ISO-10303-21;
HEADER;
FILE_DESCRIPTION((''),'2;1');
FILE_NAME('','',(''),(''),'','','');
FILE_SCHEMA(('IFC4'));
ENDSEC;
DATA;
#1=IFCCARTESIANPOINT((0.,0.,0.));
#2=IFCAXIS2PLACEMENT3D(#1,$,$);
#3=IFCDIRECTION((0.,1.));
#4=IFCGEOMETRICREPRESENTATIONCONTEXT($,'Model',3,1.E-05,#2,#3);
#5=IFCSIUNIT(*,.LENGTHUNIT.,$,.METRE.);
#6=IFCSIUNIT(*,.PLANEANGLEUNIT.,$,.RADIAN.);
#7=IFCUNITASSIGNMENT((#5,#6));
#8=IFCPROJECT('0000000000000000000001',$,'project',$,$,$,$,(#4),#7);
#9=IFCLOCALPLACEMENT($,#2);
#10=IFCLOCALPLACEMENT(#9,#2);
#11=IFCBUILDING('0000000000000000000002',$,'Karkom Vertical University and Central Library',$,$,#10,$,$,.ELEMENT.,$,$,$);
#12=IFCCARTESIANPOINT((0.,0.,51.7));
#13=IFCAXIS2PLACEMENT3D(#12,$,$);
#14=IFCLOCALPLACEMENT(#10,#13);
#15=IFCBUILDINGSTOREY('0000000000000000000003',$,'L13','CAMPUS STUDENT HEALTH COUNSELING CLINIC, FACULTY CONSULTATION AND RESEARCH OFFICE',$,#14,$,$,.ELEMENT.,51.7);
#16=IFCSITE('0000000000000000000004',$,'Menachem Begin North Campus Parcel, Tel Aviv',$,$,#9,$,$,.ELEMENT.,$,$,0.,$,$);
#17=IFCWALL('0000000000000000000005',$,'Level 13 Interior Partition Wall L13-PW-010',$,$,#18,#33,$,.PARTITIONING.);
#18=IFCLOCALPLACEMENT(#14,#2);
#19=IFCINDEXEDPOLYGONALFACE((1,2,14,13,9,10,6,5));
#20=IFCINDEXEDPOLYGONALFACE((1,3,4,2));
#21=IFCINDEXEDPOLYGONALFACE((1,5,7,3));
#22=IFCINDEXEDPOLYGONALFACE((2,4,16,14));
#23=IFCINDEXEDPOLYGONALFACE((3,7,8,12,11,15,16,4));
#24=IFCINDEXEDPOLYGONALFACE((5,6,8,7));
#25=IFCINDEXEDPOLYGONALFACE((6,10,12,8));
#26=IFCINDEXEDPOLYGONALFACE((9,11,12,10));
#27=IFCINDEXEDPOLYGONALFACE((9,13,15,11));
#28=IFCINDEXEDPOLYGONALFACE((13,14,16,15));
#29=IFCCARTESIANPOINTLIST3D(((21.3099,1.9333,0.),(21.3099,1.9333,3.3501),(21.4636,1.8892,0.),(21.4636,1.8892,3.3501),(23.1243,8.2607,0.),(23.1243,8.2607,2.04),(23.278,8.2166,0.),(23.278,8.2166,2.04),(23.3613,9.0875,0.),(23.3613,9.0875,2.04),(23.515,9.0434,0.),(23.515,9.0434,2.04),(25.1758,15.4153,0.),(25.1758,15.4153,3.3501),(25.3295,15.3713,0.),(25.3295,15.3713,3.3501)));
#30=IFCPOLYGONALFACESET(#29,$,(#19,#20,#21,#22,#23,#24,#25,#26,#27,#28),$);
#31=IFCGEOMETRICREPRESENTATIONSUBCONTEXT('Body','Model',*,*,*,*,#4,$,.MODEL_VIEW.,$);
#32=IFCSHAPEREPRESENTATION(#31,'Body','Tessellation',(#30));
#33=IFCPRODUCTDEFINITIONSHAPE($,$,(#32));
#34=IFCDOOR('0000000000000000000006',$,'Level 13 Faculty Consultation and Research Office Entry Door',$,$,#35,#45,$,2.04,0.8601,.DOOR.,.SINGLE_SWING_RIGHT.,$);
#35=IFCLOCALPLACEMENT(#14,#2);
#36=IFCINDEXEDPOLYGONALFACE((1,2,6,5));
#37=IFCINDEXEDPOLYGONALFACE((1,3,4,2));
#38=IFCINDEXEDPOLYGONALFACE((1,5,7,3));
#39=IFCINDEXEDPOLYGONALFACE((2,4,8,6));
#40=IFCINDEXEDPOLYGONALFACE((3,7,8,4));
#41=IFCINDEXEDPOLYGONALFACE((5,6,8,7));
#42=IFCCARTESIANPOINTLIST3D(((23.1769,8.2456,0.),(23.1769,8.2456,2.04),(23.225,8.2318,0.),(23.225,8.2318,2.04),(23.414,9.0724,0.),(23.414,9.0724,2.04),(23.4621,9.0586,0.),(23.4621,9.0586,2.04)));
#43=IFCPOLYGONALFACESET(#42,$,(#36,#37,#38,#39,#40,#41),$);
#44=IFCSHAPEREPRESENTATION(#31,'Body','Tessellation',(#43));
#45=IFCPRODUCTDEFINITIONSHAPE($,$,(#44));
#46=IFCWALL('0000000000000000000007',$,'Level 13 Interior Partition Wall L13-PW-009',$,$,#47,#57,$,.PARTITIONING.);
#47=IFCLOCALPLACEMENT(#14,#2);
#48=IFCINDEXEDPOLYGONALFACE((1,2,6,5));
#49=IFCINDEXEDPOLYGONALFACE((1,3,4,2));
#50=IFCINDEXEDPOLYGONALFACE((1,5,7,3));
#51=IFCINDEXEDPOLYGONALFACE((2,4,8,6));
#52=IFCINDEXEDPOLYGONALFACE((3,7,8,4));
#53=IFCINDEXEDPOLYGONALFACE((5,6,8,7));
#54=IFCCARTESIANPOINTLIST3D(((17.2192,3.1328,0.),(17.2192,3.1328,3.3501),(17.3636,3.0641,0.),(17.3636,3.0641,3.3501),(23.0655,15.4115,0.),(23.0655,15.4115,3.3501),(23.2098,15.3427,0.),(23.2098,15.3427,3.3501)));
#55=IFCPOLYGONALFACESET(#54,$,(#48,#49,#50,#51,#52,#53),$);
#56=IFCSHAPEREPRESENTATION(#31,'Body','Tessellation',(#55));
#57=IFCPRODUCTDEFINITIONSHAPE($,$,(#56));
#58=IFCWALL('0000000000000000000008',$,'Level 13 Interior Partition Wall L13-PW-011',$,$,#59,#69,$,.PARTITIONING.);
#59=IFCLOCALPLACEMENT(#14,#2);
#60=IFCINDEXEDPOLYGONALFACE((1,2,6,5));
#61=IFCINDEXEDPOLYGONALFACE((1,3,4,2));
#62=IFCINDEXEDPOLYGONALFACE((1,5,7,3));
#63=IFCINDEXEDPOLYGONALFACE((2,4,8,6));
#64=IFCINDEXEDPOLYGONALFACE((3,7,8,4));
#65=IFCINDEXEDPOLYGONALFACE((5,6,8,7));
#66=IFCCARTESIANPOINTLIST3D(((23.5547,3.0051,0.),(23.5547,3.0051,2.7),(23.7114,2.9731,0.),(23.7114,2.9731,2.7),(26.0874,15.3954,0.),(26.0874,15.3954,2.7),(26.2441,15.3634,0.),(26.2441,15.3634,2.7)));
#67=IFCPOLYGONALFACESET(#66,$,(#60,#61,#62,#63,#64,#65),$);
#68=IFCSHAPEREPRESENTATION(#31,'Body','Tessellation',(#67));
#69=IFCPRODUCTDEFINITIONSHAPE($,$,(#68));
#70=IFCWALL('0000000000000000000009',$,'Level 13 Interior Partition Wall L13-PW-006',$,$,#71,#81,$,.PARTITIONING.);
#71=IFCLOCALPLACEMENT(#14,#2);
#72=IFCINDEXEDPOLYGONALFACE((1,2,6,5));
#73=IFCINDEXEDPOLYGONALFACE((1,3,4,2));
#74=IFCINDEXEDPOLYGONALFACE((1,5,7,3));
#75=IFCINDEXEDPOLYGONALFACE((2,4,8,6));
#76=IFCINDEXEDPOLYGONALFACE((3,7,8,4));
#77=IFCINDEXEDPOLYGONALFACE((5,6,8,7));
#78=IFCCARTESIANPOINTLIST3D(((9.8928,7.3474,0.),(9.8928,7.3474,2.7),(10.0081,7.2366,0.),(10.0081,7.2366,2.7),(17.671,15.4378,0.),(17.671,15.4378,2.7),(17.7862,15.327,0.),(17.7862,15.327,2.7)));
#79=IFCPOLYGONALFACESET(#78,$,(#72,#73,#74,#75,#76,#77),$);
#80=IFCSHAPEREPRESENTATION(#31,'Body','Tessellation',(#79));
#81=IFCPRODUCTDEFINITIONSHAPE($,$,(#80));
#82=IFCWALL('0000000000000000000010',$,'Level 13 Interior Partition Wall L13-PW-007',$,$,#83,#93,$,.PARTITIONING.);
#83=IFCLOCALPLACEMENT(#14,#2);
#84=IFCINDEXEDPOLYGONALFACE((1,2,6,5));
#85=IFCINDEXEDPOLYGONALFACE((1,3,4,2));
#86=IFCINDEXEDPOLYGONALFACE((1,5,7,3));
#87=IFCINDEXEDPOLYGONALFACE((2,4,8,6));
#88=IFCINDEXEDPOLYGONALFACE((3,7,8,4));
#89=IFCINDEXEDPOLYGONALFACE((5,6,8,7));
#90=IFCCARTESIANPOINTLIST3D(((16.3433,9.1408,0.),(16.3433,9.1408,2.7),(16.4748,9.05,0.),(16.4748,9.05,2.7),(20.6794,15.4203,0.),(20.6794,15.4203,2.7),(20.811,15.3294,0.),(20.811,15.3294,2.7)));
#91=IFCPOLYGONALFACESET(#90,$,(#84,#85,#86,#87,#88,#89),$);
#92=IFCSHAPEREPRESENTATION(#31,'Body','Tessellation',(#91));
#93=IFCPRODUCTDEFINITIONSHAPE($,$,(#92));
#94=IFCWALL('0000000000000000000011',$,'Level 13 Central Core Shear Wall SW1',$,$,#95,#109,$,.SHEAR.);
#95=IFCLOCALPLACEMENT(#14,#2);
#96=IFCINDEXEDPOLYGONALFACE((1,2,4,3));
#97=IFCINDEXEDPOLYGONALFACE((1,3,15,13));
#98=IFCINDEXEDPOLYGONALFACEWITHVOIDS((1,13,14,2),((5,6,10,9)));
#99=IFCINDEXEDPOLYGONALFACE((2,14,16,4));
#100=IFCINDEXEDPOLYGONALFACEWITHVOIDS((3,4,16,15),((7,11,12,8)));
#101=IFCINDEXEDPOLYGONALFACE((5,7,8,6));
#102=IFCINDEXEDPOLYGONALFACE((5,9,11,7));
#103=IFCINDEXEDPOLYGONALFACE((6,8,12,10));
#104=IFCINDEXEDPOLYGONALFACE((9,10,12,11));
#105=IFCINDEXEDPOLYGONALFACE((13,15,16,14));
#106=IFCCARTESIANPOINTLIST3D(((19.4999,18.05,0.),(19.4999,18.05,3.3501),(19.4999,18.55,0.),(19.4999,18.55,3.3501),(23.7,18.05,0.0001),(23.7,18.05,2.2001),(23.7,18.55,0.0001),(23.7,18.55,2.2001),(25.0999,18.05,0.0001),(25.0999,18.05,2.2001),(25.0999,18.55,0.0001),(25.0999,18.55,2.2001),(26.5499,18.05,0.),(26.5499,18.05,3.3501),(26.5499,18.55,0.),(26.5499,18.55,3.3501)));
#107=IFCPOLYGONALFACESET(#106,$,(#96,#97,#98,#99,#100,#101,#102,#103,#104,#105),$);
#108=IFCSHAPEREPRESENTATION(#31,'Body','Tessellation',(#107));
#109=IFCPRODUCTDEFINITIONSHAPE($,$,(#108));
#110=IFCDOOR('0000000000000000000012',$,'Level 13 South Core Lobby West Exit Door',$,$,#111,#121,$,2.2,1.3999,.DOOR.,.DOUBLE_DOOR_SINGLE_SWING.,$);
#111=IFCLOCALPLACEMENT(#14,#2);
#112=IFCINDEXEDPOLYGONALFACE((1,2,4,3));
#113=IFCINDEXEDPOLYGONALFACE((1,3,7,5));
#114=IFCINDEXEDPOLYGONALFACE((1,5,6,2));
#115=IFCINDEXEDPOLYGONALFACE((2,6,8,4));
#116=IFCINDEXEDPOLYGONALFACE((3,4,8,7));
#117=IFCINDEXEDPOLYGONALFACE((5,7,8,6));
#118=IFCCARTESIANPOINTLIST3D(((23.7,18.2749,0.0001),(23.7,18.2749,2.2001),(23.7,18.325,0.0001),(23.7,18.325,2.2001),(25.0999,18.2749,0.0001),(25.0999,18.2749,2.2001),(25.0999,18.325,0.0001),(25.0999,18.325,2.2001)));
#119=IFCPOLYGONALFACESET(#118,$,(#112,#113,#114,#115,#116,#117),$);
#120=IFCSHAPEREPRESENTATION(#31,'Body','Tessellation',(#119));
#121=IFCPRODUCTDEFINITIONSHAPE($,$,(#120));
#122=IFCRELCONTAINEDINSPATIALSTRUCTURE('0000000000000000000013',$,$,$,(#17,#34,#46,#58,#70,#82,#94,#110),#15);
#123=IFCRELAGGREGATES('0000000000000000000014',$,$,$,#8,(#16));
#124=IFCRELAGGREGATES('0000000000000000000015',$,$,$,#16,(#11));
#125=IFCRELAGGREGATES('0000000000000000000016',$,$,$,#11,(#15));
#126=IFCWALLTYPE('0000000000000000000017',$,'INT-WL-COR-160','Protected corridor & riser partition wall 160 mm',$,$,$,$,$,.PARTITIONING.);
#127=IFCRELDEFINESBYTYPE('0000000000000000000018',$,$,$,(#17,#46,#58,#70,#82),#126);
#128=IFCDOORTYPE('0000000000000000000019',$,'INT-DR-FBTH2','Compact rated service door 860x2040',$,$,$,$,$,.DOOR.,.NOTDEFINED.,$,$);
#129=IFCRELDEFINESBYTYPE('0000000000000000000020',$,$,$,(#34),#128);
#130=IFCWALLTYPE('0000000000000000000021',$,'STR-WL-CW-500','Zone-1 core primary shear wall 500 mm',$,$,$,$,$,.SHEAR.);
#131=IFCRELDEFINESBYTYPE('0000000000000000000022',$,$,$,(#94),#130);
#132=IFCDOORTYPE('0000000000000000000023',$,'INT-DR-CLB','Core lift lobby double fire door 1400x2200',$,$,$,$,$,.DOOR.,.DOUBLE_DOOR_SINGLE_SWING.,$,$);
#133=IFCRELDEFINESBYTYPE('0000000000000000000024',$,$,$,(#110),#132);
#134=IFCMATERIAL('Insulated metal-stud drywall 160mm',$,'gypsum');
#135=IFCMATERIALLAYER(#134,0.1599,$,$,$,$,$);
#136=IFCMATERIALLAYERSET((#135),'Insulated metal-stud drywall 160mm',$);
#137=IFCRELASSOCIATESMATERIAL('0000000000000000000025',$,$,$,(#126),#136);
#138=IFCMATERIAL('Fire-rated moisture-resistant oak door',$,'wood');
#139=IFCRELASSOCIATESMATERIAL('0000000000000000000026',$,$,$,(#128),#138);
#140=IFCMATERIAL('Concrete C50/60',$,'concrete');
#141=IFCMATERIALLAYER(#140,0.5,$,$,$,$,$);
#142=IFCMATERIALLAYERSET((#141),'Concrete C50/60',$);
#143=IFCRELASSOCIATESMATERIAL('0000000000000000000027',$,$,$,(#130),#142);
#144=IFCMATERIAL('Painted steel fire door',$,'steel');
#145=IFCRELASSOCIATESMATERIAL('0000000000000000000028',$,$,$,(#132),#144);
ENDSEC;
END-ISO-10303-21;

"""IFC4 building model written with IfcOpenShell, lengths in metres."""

from ifc_helpers import new_model, si_unit, direction, frame, frame_2d, origin, origin_with_axes, place, context, subcontext, project, spatial, rectangle, extrude, source, transform, mapped, material, layer, layer_set, type_object, element, fill, save


model = new_model("IFC4")

# Units and contexts
model_context = context("Model", 3, precision=1e-05, world=origin(), true_north=direction((0.0, 1.0)))
body_context = subcontext(model_context, "Body", "Model", "MODEL_VIEW")
ifc_project = project(units=[si_unit("LENGTHUNIT", "METRE"), si_unit("PLANEANGLEUNIT", "RADIAN")], contexts=[model_context])

# Site, building, storey
site_placement = place(None, origin())
site = spatial("IfcSite", under=ifc_project, at=site_placement, Name="Menachem Begin North Campus Parcel, Tel Aviv", CompositionType="ELEMENT", RefElevation=0.0)
building_placement = place(site_placement, origin())
building = spatial("IfcBuilding", under=site, at=building_placement, Name="Karkom Vertical University and Central Library", CompositionType="ELEMENT")
storey_placement = place(building_placement, frame((0.0, 0.0, 51.7)))
storey = spatial("IfcBuildingStorey", under=building, at=storey_placement, Name="L13", Description="CAMPUS STUDENT HEALTH COUNSELING CLINIC, FACULTY CONSULTATION AND RESEARCH OFFICE", CompositionType="ELEMENT", Elevation=51.7)

# Shared definitions
ifc_material_1 = material(Name="Concrete C50/60", Category="concrete")

# Wall, opening, door
ifc_material_2 = material(Name="Insulated metal-stud drywall 160mm", Category="gypsum")
ifc_layer_1 = layer(ifc_material_2, 0.1599)
ifc_layer_set_1 = layer_set([ifc_layer_1], Name="Insulated metal-stud drywall 160mm")
wall_type_1 = type_object("IfcWallType", Name="INT-WL-COR-160", Description="Protected corridor & riser partition wall 160 mm", PredefinedType="PARTITIONING", material=ifc_layer_set_1)
wall_1_placement = place(storey_placement, frame((25.2527, 15.3933, 0.0), z_axis=(0.0, 0.0, 1.0), x_axis=(-0.275638, -0.961261, 0.0)))
wall_1 = element("IfcWall", 1, at=wall_1_placement, inside=storey, type_object=wall_type_1, Name="Level 13 Interior Partition Wall L13-PW-010", PredefinedType="PARTITIONING", context=body_context, shape_type="SweptSolid", body=[
    extrude(rectangle(XDim=14.0254, YDim=0.1599, at=frame_2d((7.0127, 0.0))), origin(), (0.0, 0.0, 1.0), 3.3501),
])
opening_1_placement = place(wall_1_placement, frame((6.5828, 0.0, 0.0)))
opening_1 = element("IfcOpeningElement", 2, at=opening_1_placement, cuts=wall_1, PredefinedType="OPENING", context=body_context, shape_type="SweptSolid", body=[
    extrude(rectangle(XDim=0.8601, YDim=2.04, at=frame_2d((0.4302, 1.02))), frame((0.0, 0.0898, 0.0), z_axis=(0.0, -1.0, 0.0), x_axis=(1.0, 0.0, 0.0)), (0.0, 0.0, 1.0), 0.1799),
])
ifc_material_3 = material(Name="Fire-rated moisture-resistant oak door", Category="wood")
door_type_1 = type_object("IfcDoorType", Name="INT-DR-FBTH2", Description="Compact rated service door 860x2040", OperationType="NOTDEFINED", PredefinedType="DOOR", material=ifc_material_3)
shared_shape_1 = source(origin_with_axes(), body_context, "Body", "SweptSolid", [
    extrude(rectangle(XDim=0.8601, YDim=2.04, at=frame_2d((0.4302, 1.02))), frame((0.0, 0.0249, 0.0), z_axis=(0.0, -1.0, 0.0), x_axis=(1.0, 0.0, 0.0)), (0.0, 0.0, 1.0), 0.05),
])
door_1_placement = place(opening_1_placement, origin())
door_1 = element("IfcDoor", 3, at=door_1_placement, inside=storey, type_object=door_type_1, Name="Level 13 Faculty Consultation and Research Office Entry Door", OperationType="SINGLE_SWING_RIGHT", OverallHeight=2.04, OverallWidth=0.8601, PredefinedType="DOOR", context=body_context, shape_type="MappedRepresentation", body=[
    mapped(shared_shape_1, transform((0.0, 0.0, 0.0), scale=1.0)),
])
fill(opening_1, door_1)

# Walls
wall_2_placement = place(storey_placement, frame((23.1377, 15.3772, 0.0), z_axis=(0.0, 0.0, 1.0), x_axis=(-0.429889, -0.902882, 0.0)))
element("IfcWall", 4, at=wall_2_placement, inside=storey, type_object=wall_type_1, Name="Level 13 Interior Partition Wall L13-PW-009", PredefinedType="PARTITIONING", context=body_context, shape_type="SweptSolid", body=[
    extrude(rectangle(XDim=13.5994, YDim=0.1599, at=frame_2d((6.7998, 0.0))), origin(), (0.0, 0.0, 1.0), 3.3501),
])
wall_3_placement = place(storey_placement, frame((26.1658, 15.3794, 0.0), z_axis=(0.0, 0.0, 1.0), x_axis=(-0.200269, -0.979741, 0.0)))
element("IfcWall", 5, at=wall_3_placement, inside=storey, type_object=wall_type_1, Name="Level 13 Interior Partition Wall L13-PW-011", PredefinedType="PARTITIONING", context=body_context, shape_type="SweptSolid", body=[
    extrude(rectangle(XDim=12.6465, YDim=0.1599, at=frame_2d((6.3232, 0.0))), origin(), (0.0, 0.0, 1.0), 2.7),
])
wall_4_placement = place(storey_placement, frame((17.7285, 15.3823, 0.0), z_axis=(0.0, 0.0, 1.0), x_axis=(-0.693058, -0.720882, 0.0)))
element("IfcWall", 6, at=wall_4_placement, inside=storey, type_object=wall_type_1, Name="Level 13 Interior Partition Wall L13-PW-006", PredefinedType="PARTITIONING", context=body_context, shape_type="SweptSolid", body=[
    extrude(rectangle(XDim=11.2229, YDim=0.1599, at=frame_2d((5.6113, 0.0))), origin(), (0.0, 0.0, 1.0), 2.7),
])
wall_5_placement = place(storey_placement, frame((20.7451, 15.3748, 0.0), z_axis=(0.0, 0.0, 1.0), x_axis=(-0.568218, -0.822878, 0.0)))
element("IfcWall", 7, at=wall_5_placement, inside=storey, type_object=wall_type_1, Name="Level 13 Interior Partition Wall L13-PW-007", PredefinedType="PARTITIONING", context=body_context, shape_type="SweptSolid", body=[
    extrude(rectangle(XDim=7.6311, YDim=0.1599, at=frame_2d((3.8154, 0.0))), origin(), (0.0, 0.0, 1.0), 2.7),
])

# Wall, opening, door
ifc_layer_2 = layer(ifc_material_1, 0.5)
ifc_layer_set_2 = layer_set([ifc_layer_2], Name="Concrete C50/60")
wall_type_2 = type_object("IfcWallType", Name="STR-WL-CW-500", Description="Zone-1 core primary shear wall 500 mm", PredefinedType="SHEAR", material=ifc_layer_set_2)
wall_6_placement = place(storey_placement, frame((19.5, 18.3, 0.0), z_axis=(0.0, 0.0, 1.0), x_axis=(1.0, 0.0, 0.0)))
wall_6 = element("IfcWall", 8, at=wall_6_placement, inside=storey, type_object=wall_type_2, Name="Level 13 Central Core Shear Wall SW1", PredefinedType="SHEAR", context=body_context, shape_type="SweptSolid", body=[
    extrude(rectangle(XDim=7.05, YDim=0.5, at=frame_2d((3.5249, 0.0))), origin(), (0.0, 0.0, 1.0), 3.3501),
])
opening_2_placement = place(wall_6_placement, frame((4.2, 0.0, 0.0)))
opening_2 = element("IfcOpeningElement", 9, at=opening_2_placement, cuts=wall_6, PredefinedType="OPENING", context=body_context, shape_type="SweptSolid", body=[
    extrude(rectangle(XDim=1.3999, YDim=2.2, at=frame_2d((0.7, 1.1001))), frame((0.0, 0.26, 0.0), z_axis=(0.0, -1.0, 0.0), x_axis=(1.0, 0.0, 0.0)), (0.0, 0.0, 1.0), 0.52),
])
ifc_material_4 = material(Name="Painted steel fire door", Category="steel")
door_type_2 = type_object("IfcDoorType", Name="INT-DR-CLB", Description="Core lift lobby double fire door 1400x2200", OperationType="DOUBLE_DOOR_SINGLE_SWING", PredefinedType="DOOR", material=ifc_material_4)
shared_shape_2 = source(origin_with_axes(), body_context, "Body", "SweptSolid", [
    extrude(rectangle(XDim=1.3999, YDim=2.2, at=frame_2d((0.7, 1.1001))), frame((0.0, 0.0249, 0.0), z_axis=(0.0, -1.0, 0.0), x_axis=(1.0, 0.0, 0.0)), (0.0, 0.0, 1.0), 0.05),
])
door_2_placement = place(opening_2_placement, origin())
door_2 = element("IfcDoor", 10, at=door_2_placement, inside=storey, type_object=door_type_2, Name="Level 13 South Core Lobby West Exit Door", OperationType="DOUBLE_DOOR_SINGLE_SWING", OverallHeight=2.2, OverallWidth=1.3999, PredefinedType="DOOR", context=body_context, shape_type="MappedRepresentation", body=[
    mapped(shared_shape_2, transform((0.0, 0.0, 0.0), scale=1.0)),
])
fill(opening_2, door_2)

save(model, "model.ifc")
